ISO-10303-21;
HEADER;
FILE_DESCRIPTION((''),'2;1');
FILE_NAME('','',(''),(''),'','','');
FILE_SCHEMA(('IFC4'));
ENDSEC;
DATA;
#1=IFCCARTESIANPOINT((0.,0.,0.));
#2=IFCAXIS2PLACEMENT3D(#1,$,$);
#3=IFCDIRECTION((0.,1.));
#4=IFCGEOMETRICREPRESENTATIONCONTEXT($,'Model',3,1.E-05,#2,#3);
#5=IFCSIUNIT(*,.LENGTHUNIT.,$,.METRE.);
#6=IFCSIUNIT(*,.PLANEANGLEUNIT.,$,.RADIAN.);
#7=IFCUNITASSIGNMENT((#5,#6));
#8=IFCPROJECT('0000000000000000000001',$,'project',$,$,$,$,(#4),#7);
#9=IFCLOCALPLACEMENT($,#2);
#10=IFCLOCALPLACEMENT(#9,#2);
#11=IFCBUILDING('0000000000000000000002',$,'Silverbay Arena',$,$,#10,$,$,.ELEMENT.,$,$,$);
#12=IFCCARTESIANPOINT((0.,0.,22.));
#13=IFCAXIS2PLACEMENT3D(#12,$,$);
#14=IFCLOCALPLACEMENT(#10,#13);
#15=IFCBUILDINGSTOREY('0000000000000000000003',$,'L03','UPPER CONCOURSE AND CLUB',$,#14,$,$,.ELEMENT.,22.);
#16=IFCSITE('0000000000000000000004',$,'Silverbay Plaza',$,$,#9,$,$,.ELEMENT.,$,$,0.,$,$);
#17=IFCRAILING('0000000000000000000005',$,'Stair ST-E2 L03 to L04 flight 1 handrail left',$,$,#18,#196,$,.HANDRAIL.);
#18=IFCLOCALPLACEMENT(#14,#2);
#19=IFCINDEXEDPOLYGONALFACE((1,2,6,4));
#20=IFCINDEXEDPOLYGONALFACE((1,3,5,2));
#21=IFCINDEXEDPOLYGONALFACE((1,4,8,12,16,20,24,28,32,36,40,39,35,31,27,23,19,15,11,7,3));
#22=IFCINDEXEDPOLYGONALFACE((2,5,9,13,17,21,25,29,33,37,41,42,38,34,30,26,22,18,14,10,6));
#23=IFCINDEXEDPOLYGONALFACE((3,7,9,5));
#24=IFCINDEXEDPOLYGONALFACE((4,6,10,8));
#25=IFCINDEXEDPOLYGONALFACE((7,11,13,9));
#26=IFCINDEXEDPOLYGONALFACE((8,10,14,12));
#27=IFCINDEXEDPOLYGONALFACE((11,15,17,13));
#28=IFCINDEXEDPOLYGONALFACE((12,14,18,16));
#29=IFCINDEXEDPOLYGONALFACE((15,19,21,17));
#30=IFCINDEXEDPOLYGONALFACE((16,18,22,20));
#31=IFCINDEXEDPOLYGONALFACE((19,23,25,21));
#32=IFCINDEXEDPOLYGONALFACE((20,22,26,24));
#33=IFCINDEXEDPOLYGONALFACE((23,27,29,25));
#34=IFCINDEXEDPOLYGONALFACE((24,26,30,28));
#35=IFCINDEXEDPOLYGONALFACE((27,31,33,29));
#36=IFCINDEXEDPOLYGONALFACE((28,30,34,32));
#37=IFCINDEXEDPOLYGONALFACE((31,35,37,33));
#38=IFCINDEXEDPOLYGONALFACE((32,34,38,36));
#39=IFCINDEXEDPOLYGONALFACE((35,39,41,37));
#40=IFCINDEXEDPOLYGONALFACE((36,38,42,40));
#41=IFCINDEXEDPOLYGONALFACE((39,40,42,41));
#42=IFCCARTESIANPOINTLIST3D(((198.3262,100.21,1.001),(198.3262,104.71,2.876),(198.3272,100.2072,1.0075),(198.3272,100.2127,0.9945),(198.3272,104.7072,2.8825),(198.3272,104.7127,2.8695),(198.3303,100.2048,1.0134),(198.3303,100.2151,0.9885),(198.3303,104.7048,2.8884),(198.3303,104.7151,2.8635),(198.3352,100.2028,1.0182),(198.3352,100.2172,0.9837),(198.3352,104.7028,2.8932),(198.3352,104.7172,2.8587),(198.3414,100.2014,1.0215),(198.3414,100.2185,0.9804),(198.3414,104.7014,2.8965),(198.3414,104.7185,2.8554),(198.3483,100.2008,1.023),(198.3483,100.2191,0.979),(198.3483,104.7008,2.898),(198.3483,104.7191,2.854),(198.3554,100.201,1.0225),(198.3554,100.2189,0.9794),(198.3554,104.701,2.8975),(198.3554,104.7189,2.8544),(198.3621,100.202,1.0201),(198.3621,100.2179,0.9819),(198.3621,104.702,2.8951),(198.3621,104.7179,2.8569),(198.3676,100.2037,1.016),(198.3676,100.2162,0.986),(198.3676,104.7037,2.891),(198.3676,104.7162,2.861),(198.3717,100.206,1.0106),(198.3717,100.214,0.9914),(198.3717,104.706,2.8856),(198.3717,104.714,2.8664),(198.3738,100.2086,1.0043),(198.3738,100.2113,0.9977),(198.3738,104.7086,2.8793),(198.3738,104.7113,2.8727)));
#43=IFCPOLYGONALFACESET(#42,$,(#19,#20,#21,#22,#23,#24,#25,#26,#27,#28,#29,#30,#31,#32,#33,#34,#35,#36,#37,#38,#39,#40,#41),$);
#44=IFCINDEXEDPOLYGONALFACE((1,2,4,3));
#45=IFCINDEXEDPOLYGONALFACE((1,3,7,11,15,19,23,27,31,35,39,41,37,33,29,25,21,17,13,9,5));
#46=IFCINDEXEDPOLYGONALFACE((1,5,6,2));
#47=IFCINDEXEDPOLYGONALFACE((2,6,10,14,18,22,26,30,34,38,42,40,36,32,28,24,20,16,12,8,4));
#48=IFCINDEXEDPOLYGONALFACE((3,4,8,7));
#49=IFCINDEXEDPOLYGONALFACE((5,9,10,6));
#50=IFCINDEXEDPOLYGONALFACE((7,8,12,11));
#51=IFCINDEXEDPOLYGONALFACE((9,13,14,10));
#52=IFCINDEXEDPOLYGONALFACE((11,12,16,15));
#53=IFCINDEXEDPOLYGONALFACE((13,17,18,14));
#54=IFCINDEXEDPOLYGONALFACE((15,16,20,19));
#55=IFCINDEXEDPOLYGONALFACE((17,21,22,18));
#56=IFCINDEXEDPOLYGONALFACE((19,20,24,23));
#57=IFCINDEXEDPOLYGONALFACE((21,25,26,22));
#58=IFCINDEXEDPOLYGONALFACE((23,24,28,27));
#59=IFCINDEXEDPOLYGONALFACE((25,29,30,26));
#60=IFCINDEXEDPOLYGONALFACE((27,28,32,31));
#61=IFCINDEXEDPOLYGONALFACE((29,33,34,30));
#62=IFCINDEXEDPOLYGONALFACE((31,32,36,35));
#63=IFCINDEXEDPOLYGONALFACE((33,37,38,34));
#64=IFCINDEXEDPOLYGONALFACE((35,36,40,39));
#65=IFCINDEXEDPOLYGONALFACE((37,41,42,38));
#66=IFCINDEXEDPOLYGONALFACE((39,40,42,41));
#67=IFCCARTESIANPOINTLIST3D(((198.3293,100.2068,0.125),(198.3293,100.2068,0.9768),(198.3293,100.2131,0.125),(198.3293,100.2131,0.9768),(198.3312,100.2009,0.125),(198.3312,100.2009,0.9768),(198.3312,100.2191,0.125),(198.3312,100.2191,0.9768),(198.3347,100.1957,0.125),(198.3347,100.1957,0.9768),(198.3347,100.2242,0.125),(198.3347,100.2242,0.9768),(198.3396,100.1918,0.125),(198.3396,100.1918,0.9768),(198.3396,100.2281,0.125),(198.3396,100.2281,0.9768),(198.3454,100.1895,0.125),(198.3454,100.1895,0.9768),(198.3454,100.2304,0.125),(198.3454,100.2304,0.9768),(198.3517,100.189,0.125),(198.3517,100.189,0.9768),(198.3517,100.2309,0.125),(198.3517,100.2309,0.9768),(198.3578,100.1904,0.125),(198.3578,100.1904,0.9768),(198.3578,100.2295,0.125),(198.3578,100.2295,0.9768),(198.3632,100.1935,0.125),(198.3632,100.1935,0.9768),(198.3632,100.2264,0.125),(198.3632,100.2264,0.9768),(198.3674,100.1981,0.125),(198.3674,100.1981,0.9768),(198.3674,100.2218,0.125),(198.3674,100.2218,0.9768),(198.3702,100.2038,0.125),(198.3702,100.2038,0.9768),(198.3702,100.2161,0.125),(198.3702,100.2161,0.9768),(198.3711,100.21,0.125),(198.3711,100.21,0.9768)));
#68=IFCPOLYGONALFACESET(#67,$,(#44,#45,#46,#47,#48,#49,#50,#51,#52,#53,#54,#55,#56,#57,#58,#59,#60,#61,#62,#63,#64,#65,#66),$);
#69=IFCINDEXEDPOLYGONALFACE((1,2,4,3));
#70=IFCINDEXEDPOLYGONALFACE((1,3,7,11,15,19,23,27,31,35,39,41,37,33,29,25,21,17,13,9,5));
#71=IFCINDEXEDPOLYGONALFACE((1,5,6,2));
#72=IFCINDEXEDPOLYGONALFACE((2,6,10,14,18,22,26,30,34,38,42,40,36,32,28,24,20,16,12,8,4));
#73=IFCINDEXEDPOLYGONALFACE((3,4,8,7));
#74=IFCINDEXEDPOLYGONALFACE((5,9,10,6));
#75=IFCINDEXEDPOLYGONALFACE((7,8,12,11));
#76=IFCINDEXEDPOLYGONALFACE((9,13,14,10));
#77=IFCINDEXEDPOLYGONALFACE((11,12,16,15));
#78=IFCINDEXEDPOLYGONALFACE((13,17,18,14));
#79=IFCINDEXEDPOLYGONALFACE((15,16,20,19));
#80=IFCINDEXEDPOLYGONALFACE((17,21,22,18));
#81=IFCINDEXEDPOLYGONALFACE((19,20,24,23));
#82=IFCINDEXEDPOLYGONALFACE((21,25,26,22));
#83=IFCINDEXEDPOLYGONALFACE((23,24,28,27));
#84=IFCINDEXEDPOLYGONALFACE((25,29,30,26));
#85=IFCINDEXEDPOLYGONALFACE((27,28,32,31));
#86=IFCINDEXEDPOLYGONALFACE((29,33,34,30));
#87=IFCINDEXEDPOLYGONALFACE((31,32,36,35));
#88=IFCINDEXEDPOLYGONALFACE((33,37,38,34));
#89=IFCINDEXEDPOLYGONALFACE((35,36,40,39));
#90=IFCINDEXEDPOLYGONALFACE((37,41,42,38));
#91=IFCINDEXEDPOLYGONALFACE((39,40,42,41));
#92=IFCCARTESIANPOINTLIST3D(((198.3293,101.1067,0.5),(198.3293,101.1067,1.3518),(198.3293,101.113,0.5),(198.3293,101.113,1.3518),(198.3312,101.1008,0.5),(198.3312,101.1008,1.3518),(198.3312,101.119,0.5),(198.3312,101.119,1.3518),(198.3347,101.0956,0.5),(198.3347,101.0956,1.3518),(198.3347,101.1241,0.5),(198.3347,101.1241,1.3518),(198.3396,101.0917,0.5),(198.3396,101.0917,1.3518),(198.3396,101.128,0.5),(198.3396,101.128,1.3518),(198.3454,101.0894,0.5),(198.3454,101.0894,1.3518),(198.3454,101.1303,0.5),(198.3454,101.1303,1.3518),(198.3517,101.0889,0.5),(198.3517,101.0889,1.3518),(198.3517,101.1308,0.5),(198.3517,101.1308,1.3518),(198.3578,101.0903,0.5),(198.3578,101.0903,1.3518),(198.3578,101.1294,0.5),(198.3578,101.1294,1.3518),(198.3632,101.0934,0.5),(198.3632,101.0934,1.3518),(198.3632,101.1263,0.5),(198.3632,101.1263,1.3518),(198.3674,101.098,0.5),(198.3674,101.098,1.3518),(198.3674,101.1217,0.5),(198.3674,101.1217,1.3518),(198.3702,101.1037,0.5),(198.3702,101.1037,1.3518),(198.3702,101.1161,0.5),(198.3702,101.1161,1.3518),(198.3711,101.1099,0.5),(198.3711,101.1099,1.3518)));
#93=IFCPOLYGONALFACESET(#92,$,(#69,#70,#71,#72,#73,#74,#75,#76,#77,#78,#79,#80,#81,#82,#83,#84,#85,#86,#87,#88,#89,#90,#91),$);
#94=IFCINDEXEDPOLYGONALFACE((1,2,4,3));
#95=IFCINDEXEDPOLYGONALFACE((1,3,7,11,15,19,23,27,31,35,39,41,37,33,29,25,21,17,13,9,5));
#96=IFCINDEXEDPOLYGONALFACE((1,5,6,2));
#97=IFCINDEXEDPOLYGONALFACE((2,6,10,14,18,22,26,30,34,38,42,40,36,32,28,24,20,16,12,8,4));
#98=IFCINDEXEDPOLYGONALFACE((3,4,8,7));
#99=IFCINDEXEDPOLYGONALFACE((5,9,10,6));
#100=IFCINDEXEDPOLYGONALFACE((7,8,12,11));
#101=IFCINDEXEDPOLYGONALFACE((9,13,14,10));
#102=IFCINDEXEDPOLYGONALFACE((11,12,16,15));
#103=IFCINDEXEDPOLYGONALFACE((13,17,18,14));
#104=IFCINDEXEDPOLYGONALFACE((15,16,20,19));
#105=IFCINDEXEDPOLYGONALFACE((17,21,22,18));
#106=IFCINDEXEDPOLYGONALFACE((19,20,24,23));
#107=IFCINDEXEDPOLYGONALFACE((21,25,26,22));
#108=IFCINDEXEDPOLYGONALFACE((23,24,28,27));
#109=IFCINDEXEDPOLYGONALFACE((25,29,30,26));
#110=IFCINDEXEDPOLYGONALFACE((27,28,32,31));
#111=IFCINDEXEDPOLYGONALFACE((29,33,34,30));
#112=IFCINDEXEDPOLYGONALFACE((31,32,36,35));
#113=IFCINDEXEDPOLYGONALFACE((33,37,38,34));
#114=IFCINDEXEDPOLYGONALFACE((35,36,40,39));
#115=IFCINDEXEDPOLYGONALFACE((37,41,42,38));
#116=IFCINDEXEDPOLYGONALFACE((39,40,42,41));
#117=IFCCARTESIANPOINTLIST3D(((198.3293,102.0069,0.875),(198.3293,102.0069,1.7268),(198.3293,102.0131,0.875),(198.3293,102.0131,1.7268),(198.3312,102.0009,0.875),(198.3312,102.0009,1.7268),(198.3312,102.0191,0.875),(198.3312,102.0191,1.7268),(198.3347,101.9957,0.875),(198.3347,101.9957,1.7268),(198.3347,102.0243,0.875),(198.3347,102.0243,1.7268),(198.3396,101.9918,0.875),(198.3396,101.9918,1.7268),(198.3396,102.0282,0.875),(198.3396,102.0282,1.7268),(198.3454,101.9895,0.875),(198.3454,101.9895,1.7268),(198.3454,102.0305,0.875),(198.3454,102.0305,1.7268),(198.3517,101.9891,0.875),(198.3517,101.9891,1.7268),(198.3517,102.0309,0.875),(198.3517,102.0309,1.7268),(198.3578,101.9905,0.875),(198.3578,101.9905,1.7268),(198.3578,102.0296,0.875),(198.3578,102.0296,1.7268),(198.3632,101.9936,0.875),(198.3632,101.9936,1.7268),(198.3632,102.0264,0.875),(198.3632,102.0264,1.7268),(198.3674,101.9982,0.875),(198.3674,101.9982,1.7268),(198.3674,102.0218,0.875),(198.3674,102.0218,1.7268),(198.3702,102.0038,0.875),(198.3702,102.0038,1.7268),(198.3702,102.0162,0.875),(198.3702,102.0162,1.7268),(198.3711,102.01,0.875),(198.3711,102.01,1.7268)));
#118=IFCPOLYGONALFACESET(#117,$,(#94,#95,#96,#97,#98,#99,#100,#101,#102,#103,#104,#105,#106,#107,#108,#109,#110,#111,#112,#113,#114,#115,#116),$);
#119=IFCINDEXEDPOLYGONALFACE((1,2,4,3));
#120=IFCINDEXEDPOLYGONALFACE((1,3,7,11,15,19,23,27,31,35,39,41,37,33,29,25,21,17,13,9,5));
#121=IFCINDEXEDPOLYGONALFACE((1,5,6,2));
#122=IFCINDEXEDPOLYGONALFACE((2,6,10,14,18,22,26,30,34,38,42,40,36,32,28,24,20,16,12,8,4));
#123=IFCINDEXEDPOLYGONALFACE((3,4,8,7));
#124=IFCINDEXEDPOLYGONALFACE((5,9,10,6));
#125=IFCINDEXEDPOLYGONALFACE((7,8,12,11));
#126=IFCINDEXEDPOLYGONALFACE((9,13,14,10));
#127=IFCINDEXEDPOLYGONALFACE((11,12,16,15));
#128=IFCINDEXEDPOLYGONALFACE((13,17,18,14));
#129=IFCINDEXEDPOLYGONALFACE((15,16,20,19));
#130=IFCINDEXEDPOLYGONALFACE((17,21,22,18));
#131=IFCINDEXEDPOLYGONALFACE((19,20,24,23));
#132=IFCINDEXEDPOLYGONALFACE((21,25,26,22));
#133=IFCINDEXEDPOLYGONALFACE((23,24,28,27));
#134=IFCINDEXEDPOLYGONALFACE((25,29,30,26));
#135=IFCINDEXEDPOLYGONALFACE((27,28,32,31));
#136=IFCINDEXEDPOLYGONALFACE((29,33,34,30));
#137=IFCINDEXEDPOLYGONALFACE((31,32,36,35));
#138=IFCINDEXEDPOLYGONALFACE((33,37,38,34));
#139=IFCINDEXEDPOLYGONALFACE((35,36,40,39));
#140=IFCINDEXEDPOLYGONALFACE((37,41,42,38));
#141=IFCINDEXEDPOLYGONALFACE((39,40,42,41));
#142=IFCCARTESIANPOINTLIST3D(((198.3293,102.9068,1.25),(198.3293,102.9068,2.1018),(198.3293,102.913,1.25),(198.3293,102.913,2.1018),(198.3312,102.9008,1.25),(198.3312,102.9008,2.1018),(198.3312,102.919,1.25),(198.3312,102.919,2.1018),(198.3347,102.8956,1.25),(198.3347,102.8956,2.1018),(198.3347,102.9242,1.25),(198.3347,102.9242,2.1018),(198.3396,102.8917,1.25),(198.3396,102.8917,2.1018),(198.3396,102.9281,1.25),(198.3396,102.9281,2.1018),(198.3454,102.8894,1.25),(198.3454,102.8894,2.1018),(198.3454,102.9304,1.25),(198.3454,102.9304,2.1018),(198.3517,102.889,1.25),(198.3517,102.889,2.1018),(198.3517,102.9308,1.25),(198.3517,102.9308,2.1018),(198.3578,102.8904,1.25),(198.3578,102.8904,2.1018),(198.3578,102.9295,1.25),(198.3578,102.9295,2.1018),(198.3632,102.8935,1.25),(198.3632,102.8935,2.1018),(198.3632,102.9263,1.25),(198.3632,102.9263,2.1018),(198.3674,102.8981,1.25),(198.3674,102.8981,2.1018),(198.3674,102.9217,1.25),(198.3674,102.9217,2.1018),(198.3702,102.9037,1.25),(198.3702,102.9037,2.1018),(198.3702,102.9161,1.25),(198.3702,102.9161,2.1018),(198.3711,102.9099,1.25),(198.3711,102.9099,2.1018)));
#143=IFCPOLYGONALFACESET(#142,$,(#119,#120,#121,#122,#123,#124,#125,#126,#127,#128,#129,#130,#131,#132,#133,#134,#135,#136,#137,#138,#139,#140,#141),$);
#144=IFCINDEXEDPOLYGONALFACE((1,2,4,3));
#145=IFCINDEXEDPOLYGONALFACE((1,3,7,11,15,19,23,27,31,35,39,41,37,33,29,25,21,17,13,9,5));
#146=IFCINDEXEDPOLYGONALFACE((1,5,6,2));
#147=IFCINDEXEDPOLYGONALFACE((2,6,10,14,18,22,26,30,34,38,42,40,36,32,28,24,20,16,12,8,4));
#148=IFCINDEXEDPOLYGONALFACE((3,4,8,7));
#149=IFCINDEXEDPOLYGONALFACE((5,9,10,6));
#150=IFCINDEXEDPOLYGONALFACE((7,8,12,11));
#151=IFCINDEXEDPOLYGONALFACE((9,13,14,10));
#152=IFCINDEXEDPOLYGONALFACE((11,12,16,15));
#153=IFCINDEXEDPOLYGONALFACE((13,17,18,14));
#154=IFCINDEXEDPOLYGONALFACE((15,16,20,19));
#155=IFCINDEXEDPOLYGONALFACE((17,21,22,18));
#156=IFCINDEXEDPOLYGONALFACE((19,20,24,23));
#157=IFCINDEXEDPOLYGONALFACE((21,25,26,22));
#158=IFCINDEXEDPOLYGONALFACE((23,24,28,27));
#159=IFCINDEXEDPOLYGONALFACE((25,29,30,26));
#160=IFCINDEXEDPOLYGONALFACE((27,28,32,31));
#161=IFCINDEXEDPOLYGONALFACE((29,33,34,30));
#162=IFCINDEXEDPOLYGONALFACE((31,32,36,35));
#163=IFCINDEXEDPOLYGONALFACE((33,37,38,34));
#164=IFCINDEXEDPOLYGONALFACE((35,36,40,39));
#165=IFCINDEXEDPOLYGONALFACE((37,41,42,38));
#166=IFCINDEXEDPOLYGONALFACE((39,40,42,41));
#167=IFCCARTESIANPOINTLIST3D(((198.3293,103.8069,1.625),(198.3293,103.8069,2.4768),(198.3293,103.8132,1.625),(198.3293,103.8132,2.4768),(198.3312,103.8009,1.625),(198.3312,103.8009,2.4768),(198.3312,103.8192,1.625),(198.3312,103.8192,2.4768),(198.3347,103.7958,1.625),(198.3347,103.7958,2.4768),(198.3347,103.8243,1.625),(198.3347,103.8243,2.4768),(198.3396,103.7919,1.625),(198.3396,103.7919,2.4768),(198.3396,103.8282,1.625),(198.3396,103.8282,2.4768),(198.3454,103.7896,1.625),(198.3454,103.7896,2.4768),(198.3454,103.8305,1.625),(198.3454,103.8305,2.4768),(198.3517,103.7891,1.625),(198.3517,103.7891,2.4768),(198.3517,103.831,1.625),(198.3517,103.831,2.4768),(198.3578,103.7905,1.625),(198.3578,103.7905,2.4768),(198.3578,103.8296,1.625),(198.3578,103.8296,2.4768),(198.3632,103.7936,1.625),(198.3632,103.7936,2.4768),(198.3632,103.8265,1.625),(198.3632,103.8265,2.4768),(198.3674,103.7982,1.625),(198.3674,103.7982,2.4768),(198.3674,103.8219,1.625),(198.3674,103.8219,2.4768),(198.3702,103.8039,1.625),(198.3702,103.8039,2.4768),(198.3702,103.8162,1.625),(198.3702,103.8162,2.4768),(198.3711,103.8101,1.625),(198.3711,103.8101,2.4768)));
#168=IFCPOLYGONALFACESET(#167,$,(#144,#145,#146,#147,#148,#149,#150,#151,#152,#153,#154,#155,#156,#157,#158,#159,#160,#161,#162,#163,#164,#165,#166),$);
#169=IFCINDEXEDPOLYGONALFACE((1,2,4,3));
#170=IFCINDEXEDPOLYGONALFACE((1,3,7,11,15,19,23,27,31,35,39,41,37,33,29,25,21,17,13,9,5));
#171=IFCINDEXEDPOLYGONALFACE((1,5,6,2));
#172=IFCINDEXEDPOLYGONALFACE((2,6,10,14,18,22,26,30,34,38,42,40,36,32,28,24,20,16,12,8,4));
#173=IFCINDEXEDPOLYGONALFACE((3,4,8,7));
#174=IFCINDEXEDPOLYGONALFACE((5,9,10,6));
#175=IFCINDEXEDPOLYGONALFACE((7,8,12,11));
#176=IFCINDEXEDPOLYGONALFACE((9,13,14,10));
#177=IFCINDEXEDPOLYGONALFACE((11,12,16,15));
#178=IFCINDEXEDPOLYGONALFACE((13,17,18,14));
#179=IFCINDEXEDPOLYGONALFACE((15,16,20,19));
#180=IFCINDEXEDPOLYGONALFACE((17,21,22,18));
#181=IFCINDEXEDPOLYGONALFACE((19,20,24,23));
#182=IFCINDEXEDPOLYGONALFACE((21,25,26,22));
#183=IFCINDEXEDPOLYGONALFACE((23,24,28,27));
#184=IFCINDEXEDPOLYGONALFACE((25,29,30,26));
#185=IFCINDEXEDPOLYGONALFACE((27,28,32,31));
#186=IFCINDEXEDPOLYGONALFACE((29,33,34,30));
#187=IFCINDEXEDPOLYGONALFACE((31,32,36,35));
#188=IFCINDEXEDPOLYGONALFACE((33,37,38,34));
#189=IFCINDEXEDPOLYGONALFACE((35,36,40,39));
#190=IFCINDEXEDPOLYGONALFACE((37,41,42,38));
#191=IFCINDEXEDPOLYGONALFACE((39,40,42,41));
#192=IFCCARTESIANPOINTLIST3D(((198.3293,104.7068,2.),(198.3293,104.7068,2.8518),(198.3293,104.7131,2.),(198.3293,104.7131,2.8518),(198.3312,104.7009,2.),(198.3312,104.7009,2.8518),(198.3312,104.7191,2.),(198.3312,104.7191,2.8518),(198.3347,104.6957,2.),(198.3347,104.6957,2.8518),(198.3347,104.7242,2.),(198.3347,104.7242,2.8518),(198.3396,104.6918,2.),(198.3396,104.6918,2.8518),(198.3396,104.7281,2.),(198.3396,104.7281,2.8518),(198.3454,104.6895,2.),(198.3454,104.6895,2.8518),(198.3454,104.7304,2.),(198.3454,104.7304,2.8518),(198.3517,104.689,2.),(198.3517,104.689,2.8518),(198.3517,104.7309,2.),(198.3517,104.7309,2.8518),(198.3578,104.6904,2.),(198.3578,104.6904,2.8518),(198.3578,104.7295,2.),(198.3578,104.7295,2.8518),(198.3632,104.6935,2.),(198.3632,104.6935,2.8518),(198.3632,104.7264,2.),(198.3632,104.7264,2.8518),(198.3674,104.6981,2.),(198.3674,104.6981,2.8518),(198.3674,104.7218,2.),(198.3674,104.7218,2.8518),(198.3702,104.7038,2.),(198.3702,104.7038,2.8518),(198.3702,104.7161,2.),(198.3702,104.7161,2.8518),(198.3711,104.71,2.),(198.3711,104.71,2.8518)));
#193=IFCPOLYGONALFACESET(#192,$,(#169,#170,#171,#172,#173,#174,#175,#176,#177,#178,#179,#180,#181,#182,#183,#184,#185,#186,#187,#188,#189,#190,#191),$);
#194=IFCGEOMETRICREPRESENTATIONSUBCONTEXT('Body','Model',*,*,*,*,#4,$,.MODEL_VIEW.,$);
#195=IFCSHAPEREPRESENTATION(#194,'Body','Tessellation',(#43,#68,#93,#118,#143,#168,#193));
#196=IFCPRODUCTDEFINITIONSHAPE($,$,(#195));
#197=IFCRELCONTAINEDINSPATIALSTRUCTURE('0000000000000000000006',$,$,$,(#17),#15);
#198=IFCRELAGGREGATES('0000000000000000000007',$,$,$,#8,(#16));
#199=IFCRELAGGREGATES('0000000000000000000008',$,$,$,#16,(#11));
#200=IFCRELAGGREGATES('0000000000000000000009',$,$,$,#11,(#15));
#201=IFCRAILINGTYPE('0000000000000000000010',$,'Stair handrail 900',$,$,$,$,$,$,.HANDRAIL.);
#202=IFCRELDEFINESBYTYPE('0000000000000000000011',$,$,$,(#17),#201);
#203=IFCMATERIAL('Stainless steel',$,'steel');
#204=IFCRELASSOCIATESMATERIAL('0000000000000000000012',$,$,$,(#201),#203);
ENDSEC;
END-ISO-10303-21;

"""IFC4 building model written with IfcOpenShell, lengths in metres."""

from ifc_helpers import new_model, si_unit, direction, frame, origin, origin_2d, place, context, subcontext, project, spatial, circle, extrude, material, type_object, element, save


model = new_model("IFC4")

# Units and contexts
model_context = context("Model", 3, precision=1e-05, world=origin(), true_north=direction((0.0, 1.0)))
body_context = subcontext(model_context, "Body", "Model", "MODEL_VIEW")
ifc_project = project(units=[si_unit("LENGTHUNIT", "METRE"), si_unit("PLANEANGLEUNIT", "RADIAN")], contexts=[model_context])

# Site, building, storey
site_placement = place(None, origin())
site = spatial("IfcSite", under=ifc_project, at=site_placement, Name="Silverbay Plaza", CompositionType="ELEMENT", RefElevation=0.0)
building_placement = place(site_placement, origin())
building = spatial("IfcBuilding", under=site, at=building_placement, Name="Silverbay Arena", CompositionType="ELEMENT")
storey_placement = place(building_placement, frame((0.0, 0.0, 22.0)))
storey = spatial("IfcBuildingStorey", under=building, at=storey_placement, Name="L03", Description="UPPER CONCOURSE AND CLUB", CompositionType="ELEMENT", Elevation=22.0)

# Railing
ifc_material_1 = material(Name="Stainless steel", Category="steel")
railing_type_1 = type_object("IfcRailingType", Name="Stair handrail 900", PredefinedType="HANDRAIL", material=ifc_material_1)
for number, where, name in (
    (1, (198.3501, 100.21, 0.125), "Stair ST-E2 L03 to L04 flight 1 handrail left"),
):
    element("IfcRailing", number, at=place(storey_placement, frame(where)), inside=storey, type_object=railing_type_1, Name=name, PredefinedType="HANDRAIL", context=body_context, shape_type="SweptSolid", body=[
        extrude(circle(Radius=0.0239, at=origin_2d()), frame((0.0, 0.0, 0.876), z_axis=(0.0, 0.923077, 0.384615), x_axis=(-1.0, 0.0, 0.0)), (0.0, 0.0, 1.0), 4.875),
        extrude(circle(Radius=0.021, at=origin_2d()), origin(), (0.0, 0.0, 1.0), 0.8518),
        extrude(circle(Radius=0.021, at=origin_2d()), frame((0.0, 0.8999, 0.375)), (0.0, 0.0, 1.0), 0.8518),
        extrude(circle(Radius=0.021, at=origin_2d()), frame((0.0, 1.8, 0.75)), (0.0, 0.0, 1.0), 0.8518),
        extrude(circle(Radius=0.021, at=origin_2d()), frame((0.0, 2.7, 1.125)), (0.0, 0.0, 1.0), 0.8518),
        extrude(circle(Radius=0.021, at=origin_2d()), frame((0.0, 3.6001, 1.5)), (0.0, 0.0, 1.0), 0.8518),
        extrude(circle(Radius=0.021, at=origin_2d()), frame((0.0, 4.5, 1.875)), (0.0, 0.0, 1.0), 0.8518),
    ])

save(model, "model.ifc")
